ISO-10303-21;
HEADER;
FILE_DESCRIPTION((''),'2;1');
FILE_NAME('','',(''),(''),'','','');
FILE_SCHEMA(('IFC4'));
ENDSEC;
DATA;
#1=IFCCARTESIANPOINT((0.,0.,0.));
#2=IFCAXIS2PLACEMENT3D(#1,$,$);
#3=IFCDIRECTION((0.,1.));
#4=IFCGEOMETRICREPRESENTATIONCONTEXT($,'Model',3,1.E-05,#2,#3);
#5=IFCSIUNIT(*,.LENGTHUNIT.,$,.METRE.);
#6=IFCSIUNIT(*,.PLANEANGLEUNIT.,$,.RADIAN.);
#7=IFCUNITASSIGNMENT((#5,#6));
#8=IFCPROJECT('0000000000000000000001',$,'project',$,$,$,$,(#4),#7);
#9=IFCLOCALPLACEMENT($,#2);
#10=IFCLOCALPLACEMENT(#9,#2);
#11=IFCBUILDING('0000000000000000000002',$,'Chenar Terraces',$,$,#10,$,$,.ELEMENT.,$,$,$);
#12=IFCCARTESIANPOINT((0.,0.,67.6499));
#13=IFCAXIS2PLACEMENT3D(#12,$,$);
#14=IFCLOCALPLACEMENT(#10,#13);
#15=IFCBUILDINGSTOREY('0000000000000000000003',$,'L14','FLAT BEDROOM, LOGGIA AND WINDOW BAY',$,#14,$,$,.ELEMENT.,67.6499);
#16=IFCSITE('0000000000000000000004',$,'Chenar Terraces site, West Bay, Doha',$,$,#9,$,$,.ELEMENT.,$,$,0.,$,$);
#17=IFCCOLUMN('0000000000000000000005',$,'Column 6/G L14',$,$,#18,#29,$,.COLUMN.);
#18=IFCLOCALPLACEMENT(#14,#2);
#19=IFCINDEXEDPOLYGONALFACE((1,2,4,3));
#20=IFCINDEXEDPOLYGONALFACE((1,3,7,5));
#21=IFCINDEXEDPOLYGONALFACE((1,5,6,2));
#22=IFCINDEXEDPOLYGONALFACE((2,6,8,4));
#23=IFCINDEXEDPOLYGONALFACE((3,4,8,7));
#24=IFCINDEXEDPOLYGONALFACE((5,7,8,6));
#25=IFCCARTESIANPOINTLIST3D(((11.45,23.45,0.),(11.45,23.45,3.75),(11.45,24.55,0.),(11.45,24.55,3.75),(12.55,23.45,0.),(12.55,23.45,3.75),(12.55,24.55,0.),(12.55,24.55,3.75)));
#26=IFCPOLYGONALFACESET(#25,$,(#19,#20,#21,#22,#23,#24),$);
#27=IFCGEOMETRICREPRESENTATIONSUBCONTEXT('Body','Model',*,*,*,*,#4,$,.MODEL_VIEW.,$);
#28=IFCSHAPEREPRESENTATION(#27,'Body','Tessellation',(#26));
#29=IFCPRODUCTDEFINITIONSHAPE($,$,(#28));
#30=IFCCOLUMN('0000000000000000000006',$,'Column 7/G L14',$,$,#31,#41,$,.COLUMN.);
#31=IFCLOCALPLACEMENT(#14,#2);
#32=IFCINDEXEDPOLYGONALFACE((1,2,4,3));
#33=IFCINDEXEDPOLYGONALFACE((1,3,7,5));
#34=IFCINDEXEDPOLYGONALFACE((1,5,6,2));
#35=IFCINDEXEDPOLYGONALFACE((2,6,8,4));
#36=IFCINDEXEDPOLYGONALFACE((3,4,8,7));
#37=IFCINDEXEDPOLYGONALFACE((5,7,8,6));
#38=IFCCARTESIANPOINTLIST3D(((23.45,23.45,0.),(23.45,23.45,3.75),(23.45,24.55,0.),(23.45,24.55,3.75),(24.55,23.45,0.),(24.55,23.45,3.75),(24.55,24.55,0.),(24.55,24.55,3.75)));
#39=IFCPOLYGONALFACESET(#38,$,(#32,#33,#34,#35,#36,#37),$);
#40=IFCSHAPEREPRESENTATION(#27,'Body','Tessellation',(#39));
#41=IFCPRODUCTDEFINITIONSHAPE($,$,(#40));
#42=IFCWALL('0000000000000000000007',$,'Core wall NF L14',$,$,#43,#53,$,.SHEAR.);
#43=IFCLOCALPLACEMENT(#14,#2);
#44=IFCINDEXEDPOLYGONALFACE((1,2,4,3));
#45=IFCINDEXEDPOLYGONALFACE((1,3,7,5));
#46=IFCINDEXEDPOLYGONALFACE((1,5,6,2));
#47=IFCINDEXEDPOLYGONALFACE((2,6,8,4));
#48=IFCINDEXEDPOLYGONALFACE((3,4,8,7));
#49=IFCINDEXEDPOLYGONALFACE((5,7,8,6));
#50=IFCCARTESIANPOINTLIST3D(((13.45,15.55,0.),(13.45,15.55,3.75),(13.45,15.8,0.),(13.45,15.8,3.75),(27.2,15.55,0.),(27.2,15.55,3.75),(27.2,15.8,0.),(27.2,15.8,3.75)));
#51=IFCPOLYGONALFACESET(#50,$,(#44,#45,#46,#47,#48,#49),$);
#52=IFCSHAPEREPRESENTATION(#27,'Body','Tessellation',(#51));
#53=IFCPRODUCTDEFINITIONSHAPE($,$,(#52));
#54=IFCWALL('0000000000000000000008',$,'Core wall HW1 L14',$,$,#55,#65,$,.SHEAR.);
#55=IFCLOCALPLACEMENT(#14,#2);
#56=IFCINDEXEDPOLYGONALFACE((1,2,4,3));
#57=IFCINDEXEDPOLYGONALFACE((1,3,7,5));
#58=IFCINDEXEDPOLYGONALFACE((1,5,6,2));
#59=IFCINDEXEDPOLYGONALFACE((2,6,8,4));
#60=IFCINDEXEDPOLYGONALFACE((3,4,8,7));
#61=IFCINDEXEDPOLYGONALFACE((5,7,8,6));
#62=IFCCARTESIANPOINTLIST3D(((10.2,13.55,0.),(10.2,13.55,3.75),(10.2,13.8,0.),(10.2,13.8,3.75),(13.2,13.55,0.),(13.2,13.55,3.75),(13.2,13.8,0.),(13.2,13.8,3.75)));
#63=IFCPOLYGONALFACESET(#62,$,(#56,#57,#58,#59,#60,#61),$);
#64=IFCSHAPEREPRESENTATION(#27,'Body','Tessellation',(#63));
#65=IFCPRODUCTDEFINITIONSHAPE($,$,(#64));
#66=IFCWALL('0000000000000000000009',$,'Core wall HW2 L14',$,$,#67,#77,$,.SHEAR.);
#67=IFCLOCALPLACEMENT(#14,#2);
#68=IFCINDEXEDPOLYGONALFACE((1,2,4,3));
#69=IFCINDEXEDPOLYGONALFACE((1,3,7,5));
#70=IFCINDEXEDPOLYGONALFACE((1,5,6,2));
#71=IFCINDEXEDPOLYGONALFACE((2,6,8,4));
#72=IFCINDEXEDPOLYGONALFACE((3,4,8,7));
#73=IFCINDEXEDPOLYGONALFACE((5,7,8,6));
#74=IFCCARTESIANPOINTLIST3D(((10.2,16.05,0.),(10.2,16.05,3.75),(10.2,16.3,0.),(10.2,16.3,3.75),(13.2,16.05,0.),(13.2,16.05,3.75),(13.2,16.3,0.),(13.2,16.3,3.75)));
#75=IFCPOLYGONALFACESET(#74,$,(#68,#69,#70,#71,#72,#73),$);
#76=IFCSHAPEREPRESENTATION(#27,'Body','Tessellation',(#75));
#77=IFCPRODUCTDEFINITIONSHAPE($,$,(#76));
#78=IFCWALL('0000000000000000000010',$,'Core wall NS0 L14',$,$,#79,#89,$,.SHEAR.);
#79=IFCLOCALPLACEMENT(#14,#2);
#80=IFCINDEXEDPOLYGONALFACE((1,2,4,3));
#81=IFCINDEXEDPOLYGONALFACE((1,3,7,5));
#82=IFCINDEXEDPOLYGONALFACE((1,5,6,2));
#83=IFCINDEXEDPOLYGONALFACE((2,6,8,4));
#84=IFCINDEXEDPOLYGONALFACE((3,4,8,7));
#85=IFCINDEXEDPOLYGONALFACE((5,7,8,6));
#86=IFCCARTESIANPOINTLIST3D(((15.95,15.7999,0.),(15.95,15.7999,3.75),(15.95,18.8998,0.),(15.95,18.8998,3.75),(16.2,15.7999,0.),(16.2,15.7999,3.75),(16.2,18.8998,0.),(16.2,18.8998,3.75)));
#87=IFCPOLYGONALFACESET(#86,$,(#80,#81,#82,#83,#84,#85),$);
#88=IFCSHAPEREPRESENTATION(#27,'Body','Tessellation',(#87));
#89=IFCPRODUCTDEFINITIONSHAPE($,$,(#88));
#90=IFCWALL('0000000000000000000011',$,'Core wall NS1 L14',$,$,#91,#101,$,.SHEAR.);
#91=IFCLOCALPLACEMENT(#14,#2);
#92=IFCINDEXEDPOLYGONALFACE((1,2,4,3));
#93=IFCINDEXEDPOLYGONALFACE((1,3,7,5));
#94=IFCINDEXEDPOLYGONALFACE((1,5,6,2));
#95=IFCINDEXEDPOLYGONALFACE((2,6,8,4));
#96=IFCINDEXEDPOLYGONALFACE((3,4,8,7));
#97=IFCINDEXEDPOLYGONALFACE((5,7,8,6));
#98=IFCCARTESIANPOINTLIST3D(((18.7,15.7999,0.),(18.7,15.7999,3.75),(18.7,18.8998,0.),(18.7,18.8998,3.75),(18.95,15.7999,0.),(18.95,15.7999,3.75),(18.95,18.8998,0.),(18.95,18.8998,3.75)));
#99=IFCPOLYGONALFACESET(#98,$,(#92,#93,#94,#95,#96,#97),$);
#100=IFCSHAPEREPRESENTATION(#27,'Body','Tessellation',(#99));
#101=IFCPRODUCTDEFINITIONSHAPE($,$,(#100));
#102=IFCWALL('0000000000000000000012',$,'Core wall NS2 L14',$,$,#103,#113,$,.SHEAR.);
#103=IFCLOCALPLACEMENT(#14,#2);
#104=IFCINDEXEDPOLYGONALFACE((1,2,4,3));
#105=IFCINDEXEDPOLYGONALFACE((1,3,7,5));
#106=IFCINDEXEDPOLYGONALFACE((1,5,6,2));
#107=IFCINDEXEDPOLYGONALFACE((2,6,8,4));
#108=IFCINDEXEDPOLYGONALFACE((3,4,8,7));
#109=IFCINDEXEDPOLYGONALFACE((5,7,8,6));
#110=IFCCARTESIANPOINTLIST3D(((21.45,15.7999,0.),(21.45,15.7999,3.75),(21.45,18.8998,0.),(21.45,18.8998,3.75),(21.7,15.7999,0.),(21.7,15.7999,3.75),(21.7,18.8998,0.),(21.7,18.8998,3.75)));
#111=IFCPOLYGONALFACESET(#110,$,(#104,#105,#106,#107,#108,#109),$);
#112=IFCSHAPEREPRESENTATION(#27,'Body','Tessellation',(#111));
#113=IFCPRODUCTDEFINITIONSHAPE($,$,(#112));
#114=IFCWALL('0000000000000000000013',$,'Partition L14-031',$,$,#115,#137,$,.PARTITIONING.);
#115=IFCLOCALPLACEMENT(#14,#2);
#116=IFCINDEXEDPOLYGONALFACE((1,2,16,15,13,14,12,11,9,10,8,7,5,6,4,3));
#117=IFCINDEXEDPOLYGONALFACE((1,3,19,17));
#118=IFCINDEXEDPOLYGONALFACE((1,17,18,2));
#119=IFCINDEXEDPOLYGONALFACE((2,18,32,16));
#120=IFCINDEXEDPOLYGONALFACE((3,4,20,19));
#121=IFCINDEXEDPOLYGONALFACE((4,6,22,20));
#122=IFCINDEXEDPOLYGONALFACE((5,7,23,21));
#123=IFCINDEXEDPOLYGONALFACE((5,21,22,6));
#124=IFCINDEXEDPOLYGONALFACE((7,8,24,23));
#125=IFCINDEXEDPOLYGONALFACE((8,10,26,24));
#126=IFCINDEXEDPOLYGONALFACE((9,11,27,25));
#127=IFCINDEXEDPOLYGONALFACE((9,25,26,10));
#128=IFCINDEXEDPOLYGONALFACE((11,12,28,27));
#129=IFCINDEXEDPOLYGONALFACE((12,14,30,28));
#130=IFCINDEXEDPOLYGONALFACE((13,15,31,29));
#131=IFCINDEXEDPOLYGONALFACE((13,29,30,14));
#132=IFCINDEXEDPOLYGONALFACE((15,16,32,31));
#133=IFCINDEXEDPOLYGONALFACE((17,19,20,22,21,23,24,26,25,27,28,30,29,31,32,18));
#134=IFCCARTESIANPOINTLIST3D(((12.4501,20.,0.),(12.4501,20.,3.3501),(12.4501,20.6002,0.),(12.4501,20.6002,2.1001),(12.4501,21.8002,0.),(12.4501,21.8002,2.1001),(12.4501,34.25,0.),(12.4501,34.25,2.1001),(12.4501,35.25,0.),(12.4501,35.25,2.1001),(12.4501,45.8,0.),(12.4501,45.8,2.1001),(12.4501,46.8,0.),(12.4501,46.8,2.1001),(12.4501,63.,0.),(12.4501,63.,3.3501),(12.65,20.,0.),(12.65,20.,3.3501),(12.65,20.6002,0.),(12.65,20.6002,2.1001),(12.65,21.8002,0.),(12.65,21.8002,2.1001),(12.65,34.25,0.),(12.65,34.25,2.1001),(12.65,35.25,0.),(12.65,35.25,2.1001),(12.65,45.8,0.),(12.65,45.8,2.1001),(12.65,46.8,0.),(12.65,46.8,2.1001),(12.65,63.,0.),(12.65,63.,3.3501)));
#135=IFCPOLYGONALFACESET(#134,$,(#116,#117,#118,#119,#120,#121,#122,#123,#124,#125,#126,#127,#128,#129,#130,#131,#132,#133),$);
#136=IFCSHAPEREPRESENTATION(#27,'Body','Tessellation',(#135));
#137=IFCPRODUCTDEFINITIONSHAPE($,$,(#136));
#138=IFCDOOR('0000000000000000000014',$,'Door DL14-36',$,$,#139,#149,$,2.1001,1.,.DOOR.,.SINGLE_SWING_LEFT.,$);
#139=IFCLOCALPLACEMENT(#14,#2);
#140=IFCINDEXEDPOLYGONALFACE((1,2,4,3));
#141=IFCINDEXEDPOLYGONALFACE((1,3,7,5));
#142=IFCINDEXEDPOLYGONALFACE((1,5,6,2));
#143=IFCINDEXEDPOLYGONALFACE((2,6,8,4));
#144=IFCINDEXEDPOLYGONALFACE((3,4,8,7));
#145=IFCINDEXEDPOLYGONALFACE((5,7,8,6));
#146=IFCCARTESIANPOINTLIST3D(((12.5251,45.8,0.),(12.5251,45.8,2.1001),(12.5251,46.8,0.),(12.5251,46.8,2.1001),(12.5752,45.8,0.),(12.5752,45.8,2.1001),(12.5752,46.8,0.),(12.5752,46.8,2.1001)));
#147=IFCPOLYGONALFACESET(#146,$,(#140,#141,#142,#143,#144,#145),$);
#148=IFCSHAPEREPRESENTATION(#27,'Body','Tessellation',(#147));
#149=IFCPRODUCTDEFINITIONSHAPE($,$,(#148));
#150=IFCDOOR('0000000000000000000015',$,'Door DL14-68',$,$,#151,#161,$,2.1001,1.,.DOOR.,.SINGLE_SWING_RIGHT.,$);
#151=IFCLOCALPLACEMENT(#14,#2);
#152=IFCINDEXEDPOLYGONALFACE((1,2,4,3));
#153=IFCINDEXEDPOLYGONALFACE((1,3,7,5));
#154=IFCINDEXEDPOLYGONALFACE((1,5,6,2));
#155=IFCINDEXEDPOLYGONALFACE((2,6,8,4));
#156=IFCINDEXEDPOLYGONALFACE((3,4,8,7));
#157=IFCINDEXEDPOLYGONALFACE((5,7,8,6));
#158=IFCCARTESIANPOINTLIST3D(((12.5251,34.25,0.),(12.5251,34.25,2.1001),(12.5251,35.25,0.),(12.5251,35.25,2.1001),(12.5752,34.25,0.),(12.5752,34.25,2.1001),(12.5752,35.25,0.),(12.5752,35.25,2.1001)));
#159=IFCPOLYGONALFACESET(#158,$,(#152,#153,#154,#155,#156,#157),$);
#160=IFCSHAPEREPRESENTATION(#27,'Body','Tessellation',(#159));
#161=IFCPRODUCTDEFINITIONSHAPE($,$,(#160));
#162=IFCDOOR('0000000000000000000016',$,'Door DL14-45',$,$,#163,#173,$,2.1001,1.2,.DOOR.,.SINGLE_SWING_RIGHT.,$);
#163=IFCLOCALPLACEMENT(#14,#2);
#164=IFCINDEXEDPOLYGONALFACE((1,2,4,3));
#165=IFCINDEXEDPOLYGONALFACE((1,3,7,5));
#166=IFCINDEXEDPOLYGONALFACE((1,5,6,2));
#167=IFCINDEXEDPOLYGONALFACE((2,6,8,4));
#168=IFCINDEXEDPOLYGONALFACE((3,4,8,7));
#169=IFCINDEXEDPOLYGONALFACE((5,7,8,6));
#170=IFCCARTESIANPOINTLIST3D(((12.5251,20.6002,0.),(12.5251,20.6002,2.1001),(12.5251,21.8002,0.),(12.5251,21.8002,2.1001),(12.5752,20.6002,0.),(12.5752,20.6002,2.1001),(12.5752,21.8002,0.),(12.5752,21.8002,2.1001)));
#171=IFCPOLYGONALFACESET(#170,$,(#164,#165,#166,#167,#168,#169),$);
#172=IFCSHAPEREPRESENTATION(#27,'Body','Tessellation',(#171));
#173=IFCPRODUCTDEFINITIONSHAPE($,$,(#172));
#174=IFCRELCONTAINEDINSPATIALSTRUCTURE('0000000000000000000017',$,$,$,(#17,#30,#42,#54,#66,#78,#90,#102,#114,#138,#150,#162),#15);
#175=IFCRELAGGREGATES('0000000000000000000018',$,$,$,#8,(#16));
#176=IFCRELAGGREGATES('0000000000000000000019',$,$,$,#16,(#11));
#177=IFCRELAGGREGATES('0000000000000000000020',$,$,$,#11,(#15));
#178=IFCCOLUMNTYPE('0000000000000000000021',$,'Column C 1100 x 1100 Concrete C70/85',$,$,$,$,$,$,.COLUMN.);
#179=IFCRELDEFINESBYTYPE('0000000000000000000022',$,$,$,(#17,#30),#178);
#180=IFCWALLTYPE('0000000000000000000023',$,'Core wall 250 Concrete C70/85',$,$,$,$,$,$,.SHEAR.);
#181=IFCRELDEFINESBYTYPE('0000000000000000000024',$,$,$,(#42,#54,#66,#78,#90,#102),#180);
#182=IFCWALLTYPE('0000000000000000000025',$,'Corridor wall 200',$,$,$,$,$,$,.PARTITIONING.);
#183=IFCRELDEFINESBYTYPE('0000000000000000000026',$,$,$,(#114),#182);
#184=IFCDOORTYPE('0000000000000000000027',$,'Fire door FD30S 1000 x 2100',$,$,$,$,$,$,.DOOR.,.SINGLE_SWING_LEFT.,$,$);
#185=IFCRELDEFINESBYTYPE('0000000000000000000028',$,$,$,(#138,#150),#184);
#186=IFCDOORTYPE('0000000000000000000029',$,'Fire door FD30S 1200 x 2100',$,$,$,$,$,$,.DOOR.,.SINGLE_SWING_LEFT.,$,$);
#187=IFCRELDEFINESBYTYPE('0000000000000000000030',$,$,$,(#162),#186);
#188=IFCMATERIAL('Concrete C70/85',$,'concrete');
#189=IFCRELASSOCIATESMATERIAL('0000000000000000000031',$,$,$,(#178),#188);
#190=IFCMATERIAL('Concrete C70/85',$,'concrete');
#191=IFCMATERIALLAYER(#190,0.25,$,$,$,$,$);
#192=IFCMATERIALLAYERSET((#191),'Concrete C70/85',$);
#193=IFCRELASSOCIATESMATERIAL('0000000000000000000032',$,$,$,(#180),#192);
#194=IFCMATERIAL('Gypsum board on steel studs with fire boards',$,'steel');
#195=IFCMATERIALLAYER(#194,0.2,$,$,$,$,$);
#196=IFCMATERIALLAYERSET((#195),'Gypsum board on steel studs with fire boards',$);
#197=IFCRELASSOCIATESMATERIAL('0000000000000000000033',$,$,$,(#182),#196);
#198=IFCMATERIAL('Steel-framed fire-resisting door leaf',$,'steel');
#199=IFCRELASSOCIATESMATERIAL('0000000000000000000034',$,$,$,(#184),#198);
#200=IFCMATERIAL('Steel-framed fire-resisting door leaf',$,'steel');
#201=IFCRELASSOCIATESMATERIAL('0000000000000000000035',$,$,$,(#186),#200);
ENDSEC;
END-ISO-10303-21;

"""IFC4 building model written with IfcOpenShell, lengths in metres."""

from ifc_helpers import new_model, si_unit, direction, frame, frame_2d, origin, origin_2d, place, context, subcontext, project, spatial, rectangle, extrude, material, layer, layer_set, material_profile, profile_set, type_object, element, fill, save


model = new_model("IFC4")

# Units and contexts
model_context = context("Model", 3, precision=1e-05, world=origin(), true_north=direction((0.0, 1.0)))
body_context = subcontext(model_context, "Body", "Model", "MODEL_VIEW")
ifc_project = project(units=[si_unit("LENGTHUNIT", "METRE"), si_unit("PLANEANGLEUNIT", "RADIAN")], contexts=[model_context])

# Site, building, storey
site_placement = place(None, origin())
site = spatial("IfcSite", under=ifc_project, at=site_placement, Name="Chenar Terraces site, West Bay, Doha", CompositionType="ELEMENT", RefElevation=0.0)
building_placement = place(site_placement, origin())
building = spatial("IfcBuilding", under=site, at=building_placement, Name="Chenar Terraces", CompositionType="ELEMENT")
storey_placement = place(building_placement, frame((0.0, 0.0, 67.6499)))
storey = spatial("IfcBuildingStorey", under=building, at=storey_placement, Name="L14", Description="FLAT BEDROOM, LOGGIA AND WINDOW BAY", CompositionType="ELEMENT", Elevation=67.6499)

# Columns
ifc_material_1 = material(Name="Concrete C70/85", Category="concrete")
ifc_material_profile = material_profile(ifc_material_1, rectangle(XDim=1.1001, YDim=1.1001, at=origin_2d()), Name="C 1100 x 1100")
ifc_profile_set = profile_set([ifc_material_profile], Name="Concrete C70/85")
column_type = type_object("IfcColumnType", Name="Column C 1100 x 1100 Concrete C70/85", PredefinedType="COLUMN", material=ifc_profile_set)
for number, where, z_axis, x_axis, name in (
    (1, (12.0, 24.0, 0.0), (0.0, 0.0, 1.0), (1.0, 0.0, 0.0), "Column 6/G L14"),
    (2, (24.0, 24.0, 0.0), (0.0, 0.0, 1.0), (1.0, 0.0, 0.0), "Column 7/G L14"),
):
    element("IfcColumn", number, at=place(storey_placement, frame(where, z_axis=z_axis, x_axis=x_axis)), inside=storey, type_object=column_type, Name=name, PredefinedType="COLUMN", context=body_context, shape_type="SweptSolid", body=[
        extrude(rectangle(XDim=1.1001, YDim=1.1001, at=origin_2d()), origin(), (0.0, 0.0, 1.0), 3.75),
    ])

# Walls
ifc_material_2 = material(Name="Concrete C70/85", Category="concrete")
ifc_layer_1 = layer(ifc_material_2, 0.25)
ifc_layer_set_1 = layer_set([ifc_layer_1], Name="Concrete C70/85")
wall_type_1 = type_object("IfcWallType", Name="Core wall 250 Concrete C70/85", PredefinedType="SHEAR", material=ifc_layer_set_1)
wall_1_placement = place(storey_placement, frame((13.45, 15.675, 0.0), z_axis=(0.0, 0.0, 1.0), x_axis=(1.0, 0.0, 0.0)))
element("IfcWall", 3, at=wall_1_placement, inside=storey, type_object=wall_type_1, Name="Core wall NF L14", PredefinedType="SHEAR", context=body_context, shape_type="SweptSolid", body=[
    extrude(rectangle(XDim=13.75, YDim=0.25, at=frame_2d((6.875, 0.0))), origin(), (0.0, 0.0, 1.0), 3.75),
])
for number, where, z_axis, x_axis, name in (
    (4, (10.2, 13.675, 0.0), (0.0, 0.0, 1.0), (1.0, 0.0, 0.0), "Core wall HW1 L14"),
    (5, (10.2, 16.175, 0.0), (0.0, 0.0, 1.0), (1.0, 0.0, 0.0), "Core wall HW2 L14"),
):
    element("IfcWall", number, at=place(storey_placement, frame(where, z_axis=z_axis, x_axis=x_axis)), inside=storey, type_object=wall_type_1, Name=name, PredefinedType="SHEAR", context=body_context, shape_type="SweptSolid", body=[
        extrude(rectangle(XDim=3.0, YDim=0.25, at=frame_2d((1.5, 0.0))), origin(), (0.0, 0.0, 1.0), 3.75),
    ])
for number, where, z_axis, x_axis, name in (
    (6, (16.075, 15.8, 0.0), (0.0, 0.0, 1.0), (0.0, 1.0, 0.0), "Core wall NS0 L14"),
    (7, (18.825, 15.8, 0.0), (0.0, 0.0, 1.0), (0.0, 1.0, 0.0), "Core wall NS1 L14"),
    (8, (21.575, 15.8, 0.0), (0.0, 0.0, 1.0), (0.0, 1.0, 0.0), "Core wall NS2 L14"),
):
    element("IfcWall", number, at=place(storey_placement, frame(where, z_axis=z_axis, x_axis=x_axis)), inside=storey, type_object=wall_type_1, Name=name, PredefinedType="SHEAR", context=body_context, shape_type="SweptSolid", body=[
        extrude(rectangle(XDim=3.0999, YDim=0.25, at=frame_2d((1.5498, 0.0))), origin(), (0.0, 0.0, 1.0), 3.75),
    ])

# Wall, openings, doors
ifc_material_3 = material(Name="Gypsum board on steel studs with fire boards", Category="steel")
ifc_layer_2 = layer(ifc_material_3, 0.2)
ifc_layer_set_2 = layer_set([ifc_layer_2], Name="Gypsum board on steel studs with fire boards")
wall_type_2 = type_object("IfcWallType", Name="Corridor wall 200", PredefinedType="PARTITIONING", material=ifc_layer_set_2)
wall_2_placement = place(storey_placement, frame((12.55, 20.0, 0.0), z_axis=(0.0, 0.0, 1.0), x_axis=(0.0, 1.0, 0.0)))
wall_2 = element("IfcWall", 9, at=wall_2_placement, inside=storey, type_object=wall_type_2, Name="Partition L14-031", PredefinedType="PARTITIONING", context=body_context, shape_type="SweptSolid", body=[
    extrude(rectangle(XDim=43.0, YDim=0.2, at=frame_2d((21.5, 0.0))), origin(), (0.0, 0.0, 1.0), 3.3501),
])
opening_1_placement = place(wall_2_placement, frame((25.8, 0.0, 0.0)))
opening_1 = element("IfcOpeningElement", 10, at=opening_1_placement, cuts=wall_2, PredefinedType="OPENING", context=body_context, shape_type="SweptSolid", body=[
    extrude(rectangle(XDim=1.0, YDim=2.1001, at=frame_2d((0.5, 1.05))), frame((0.0, 0.1099, 0.0), z_axis=(0.0, -1.0, 0.0), x_axis=(1.0, 0.0, 0.0)), (0.0, 0.0, 1.0), 0.22),
])
opening_2_placement = place(wall_2_placement, frame((0.6001, 0.0, 0.0)))
opening_2 = element("IfcOpeningElement", 11, at=opening_2_placement, cuts=wall_2, PredefinedType="OPENING", context=body_context, shape_type="SweptSolid", body=[
    extrude(rectangle(XDim=1.2, YDim=2.1001, at=frame_2d((0.6001, 1.05))), frame((0.0, 0.1099, 0.0), z_axis=(0.0, -1.0, 0.0), x_axis=(1.0, 0.0, 0.0)), (0.0, 0.0, 1.0), 0.22),
])
opening_3_placement = place(wall_2_placement, frame((14.25, 0.0, 0.0)))
opening_3 = element("IfcOpeningElement", 12, at=opening_3_placement, cuts=wall_2, PredefinedType="OPENING", context=body_context, shape_type="SweptSolid", body=[
    extrude(rectangle(XDim=1.0, YDim=2.1001, at=frame_2d((0.5, 1.05))), frame((0.0, 0.1099, 0.0), z_axis=(0.0, -1.0, 0.0), x_axis=(1.0, 0.0, 0.0)), (0.0, 0.0, 1.0), 0.22),
])
ifc_material_4 = material(Name="Steel-framed fire-resisting door leaf", Category="steel")
door_type_1 = type_object("IfcDoorType", Name="Fire door FD30S 1000 x 2100", OperationType="SINGLE_SWING_LEFT", PredefinedType="DOOR", material=ifc_material_4)
door_1_placement = place(opening_1_placement, origin())
door_1 = element("IfcDoor", 13, at=door_1_placement, inside=storey, type_object=door_type_1, Name="Door DL14-36", OperationType="SINGLE_SWING_LEFT", OverallHeight=2.1001, OverallWidth=1.0, PredefinedType="DOOR", context=body_context, shape_type="SweptSolid", body=[
    extrude(rectangle(XDim=1.0, YDim=2.1001, at=frame_2d((0.5, 1.05))), frame((0.0, 0.0249, 0.0), z_axis=(0.0, -1.0, 0.0), x_axis=(1.0, 0.0, 0.0)), (0.0, 0.0, 1.0), 0.05),
])
fill(opening_1, door_1)
door_2_placement = place(opening_3_placement, origin())
door_2 = element("IfcDoor", 14, at=door_2_placement, inside=storey, type_object=door_type_1, Name="Door DL14-68", OperationType="SINGLE_SWING_RIGHT", OverallHeight=2.1001, OverallWidth=1.0, PredefinedType="DOOR", context=body_context, shape_type="SweptSolid", body=[
    extrude(rectangle(XDim=1.0, YDim=2.1001, at=frame_2d((0.5, 1.05))), frame((0.0, 0.0249, 0.0), z_axis=(0.0, -1.0, 0.0), x_axis=(1.0, 0.0, 0.0)), (0.0, 0.0, 1.0), 0.05),
])
fill(opening_3, door_2)
ifc_material_5 = material(Name="Steel-framed fire-resisting door leaf", Category="steel")
door_type_2 = type_object("IfcDoorType", Name="Fire door FD30S 1200 x 2100", OperationType="SINGLE_SWING_LEFT", PredefinedType="DOOR", material=ifc_material_5)
door_3_placement = place(opening_2_placement, origin())
door_3 = element("IfcDoor", 15, at=door_3_placement, inside=storey, type_object=door_type_2, Name="Door DL14-45", OperationType="SINGLE_SWING_RIGHT", OverallHeight=2.1001, OverallWidth=1.2, PredefinedType="DOOR", context=body_context, shape_type="SweptSolid", body=[
    extrude(rectangle(XDim=1.2, YDim=2.1001, at=frame_2d((0.6001, 1.05))), frame((0.0, 0.0249, 0.0), z_axis=(0.0, -1.0, 0.0), x_axis=(1.0, 0.0, 0.0)), (0.0, 0.0, 1.0), 0.05),
])
fill(opening_2, door_3)

save(model, "model.ifc")
